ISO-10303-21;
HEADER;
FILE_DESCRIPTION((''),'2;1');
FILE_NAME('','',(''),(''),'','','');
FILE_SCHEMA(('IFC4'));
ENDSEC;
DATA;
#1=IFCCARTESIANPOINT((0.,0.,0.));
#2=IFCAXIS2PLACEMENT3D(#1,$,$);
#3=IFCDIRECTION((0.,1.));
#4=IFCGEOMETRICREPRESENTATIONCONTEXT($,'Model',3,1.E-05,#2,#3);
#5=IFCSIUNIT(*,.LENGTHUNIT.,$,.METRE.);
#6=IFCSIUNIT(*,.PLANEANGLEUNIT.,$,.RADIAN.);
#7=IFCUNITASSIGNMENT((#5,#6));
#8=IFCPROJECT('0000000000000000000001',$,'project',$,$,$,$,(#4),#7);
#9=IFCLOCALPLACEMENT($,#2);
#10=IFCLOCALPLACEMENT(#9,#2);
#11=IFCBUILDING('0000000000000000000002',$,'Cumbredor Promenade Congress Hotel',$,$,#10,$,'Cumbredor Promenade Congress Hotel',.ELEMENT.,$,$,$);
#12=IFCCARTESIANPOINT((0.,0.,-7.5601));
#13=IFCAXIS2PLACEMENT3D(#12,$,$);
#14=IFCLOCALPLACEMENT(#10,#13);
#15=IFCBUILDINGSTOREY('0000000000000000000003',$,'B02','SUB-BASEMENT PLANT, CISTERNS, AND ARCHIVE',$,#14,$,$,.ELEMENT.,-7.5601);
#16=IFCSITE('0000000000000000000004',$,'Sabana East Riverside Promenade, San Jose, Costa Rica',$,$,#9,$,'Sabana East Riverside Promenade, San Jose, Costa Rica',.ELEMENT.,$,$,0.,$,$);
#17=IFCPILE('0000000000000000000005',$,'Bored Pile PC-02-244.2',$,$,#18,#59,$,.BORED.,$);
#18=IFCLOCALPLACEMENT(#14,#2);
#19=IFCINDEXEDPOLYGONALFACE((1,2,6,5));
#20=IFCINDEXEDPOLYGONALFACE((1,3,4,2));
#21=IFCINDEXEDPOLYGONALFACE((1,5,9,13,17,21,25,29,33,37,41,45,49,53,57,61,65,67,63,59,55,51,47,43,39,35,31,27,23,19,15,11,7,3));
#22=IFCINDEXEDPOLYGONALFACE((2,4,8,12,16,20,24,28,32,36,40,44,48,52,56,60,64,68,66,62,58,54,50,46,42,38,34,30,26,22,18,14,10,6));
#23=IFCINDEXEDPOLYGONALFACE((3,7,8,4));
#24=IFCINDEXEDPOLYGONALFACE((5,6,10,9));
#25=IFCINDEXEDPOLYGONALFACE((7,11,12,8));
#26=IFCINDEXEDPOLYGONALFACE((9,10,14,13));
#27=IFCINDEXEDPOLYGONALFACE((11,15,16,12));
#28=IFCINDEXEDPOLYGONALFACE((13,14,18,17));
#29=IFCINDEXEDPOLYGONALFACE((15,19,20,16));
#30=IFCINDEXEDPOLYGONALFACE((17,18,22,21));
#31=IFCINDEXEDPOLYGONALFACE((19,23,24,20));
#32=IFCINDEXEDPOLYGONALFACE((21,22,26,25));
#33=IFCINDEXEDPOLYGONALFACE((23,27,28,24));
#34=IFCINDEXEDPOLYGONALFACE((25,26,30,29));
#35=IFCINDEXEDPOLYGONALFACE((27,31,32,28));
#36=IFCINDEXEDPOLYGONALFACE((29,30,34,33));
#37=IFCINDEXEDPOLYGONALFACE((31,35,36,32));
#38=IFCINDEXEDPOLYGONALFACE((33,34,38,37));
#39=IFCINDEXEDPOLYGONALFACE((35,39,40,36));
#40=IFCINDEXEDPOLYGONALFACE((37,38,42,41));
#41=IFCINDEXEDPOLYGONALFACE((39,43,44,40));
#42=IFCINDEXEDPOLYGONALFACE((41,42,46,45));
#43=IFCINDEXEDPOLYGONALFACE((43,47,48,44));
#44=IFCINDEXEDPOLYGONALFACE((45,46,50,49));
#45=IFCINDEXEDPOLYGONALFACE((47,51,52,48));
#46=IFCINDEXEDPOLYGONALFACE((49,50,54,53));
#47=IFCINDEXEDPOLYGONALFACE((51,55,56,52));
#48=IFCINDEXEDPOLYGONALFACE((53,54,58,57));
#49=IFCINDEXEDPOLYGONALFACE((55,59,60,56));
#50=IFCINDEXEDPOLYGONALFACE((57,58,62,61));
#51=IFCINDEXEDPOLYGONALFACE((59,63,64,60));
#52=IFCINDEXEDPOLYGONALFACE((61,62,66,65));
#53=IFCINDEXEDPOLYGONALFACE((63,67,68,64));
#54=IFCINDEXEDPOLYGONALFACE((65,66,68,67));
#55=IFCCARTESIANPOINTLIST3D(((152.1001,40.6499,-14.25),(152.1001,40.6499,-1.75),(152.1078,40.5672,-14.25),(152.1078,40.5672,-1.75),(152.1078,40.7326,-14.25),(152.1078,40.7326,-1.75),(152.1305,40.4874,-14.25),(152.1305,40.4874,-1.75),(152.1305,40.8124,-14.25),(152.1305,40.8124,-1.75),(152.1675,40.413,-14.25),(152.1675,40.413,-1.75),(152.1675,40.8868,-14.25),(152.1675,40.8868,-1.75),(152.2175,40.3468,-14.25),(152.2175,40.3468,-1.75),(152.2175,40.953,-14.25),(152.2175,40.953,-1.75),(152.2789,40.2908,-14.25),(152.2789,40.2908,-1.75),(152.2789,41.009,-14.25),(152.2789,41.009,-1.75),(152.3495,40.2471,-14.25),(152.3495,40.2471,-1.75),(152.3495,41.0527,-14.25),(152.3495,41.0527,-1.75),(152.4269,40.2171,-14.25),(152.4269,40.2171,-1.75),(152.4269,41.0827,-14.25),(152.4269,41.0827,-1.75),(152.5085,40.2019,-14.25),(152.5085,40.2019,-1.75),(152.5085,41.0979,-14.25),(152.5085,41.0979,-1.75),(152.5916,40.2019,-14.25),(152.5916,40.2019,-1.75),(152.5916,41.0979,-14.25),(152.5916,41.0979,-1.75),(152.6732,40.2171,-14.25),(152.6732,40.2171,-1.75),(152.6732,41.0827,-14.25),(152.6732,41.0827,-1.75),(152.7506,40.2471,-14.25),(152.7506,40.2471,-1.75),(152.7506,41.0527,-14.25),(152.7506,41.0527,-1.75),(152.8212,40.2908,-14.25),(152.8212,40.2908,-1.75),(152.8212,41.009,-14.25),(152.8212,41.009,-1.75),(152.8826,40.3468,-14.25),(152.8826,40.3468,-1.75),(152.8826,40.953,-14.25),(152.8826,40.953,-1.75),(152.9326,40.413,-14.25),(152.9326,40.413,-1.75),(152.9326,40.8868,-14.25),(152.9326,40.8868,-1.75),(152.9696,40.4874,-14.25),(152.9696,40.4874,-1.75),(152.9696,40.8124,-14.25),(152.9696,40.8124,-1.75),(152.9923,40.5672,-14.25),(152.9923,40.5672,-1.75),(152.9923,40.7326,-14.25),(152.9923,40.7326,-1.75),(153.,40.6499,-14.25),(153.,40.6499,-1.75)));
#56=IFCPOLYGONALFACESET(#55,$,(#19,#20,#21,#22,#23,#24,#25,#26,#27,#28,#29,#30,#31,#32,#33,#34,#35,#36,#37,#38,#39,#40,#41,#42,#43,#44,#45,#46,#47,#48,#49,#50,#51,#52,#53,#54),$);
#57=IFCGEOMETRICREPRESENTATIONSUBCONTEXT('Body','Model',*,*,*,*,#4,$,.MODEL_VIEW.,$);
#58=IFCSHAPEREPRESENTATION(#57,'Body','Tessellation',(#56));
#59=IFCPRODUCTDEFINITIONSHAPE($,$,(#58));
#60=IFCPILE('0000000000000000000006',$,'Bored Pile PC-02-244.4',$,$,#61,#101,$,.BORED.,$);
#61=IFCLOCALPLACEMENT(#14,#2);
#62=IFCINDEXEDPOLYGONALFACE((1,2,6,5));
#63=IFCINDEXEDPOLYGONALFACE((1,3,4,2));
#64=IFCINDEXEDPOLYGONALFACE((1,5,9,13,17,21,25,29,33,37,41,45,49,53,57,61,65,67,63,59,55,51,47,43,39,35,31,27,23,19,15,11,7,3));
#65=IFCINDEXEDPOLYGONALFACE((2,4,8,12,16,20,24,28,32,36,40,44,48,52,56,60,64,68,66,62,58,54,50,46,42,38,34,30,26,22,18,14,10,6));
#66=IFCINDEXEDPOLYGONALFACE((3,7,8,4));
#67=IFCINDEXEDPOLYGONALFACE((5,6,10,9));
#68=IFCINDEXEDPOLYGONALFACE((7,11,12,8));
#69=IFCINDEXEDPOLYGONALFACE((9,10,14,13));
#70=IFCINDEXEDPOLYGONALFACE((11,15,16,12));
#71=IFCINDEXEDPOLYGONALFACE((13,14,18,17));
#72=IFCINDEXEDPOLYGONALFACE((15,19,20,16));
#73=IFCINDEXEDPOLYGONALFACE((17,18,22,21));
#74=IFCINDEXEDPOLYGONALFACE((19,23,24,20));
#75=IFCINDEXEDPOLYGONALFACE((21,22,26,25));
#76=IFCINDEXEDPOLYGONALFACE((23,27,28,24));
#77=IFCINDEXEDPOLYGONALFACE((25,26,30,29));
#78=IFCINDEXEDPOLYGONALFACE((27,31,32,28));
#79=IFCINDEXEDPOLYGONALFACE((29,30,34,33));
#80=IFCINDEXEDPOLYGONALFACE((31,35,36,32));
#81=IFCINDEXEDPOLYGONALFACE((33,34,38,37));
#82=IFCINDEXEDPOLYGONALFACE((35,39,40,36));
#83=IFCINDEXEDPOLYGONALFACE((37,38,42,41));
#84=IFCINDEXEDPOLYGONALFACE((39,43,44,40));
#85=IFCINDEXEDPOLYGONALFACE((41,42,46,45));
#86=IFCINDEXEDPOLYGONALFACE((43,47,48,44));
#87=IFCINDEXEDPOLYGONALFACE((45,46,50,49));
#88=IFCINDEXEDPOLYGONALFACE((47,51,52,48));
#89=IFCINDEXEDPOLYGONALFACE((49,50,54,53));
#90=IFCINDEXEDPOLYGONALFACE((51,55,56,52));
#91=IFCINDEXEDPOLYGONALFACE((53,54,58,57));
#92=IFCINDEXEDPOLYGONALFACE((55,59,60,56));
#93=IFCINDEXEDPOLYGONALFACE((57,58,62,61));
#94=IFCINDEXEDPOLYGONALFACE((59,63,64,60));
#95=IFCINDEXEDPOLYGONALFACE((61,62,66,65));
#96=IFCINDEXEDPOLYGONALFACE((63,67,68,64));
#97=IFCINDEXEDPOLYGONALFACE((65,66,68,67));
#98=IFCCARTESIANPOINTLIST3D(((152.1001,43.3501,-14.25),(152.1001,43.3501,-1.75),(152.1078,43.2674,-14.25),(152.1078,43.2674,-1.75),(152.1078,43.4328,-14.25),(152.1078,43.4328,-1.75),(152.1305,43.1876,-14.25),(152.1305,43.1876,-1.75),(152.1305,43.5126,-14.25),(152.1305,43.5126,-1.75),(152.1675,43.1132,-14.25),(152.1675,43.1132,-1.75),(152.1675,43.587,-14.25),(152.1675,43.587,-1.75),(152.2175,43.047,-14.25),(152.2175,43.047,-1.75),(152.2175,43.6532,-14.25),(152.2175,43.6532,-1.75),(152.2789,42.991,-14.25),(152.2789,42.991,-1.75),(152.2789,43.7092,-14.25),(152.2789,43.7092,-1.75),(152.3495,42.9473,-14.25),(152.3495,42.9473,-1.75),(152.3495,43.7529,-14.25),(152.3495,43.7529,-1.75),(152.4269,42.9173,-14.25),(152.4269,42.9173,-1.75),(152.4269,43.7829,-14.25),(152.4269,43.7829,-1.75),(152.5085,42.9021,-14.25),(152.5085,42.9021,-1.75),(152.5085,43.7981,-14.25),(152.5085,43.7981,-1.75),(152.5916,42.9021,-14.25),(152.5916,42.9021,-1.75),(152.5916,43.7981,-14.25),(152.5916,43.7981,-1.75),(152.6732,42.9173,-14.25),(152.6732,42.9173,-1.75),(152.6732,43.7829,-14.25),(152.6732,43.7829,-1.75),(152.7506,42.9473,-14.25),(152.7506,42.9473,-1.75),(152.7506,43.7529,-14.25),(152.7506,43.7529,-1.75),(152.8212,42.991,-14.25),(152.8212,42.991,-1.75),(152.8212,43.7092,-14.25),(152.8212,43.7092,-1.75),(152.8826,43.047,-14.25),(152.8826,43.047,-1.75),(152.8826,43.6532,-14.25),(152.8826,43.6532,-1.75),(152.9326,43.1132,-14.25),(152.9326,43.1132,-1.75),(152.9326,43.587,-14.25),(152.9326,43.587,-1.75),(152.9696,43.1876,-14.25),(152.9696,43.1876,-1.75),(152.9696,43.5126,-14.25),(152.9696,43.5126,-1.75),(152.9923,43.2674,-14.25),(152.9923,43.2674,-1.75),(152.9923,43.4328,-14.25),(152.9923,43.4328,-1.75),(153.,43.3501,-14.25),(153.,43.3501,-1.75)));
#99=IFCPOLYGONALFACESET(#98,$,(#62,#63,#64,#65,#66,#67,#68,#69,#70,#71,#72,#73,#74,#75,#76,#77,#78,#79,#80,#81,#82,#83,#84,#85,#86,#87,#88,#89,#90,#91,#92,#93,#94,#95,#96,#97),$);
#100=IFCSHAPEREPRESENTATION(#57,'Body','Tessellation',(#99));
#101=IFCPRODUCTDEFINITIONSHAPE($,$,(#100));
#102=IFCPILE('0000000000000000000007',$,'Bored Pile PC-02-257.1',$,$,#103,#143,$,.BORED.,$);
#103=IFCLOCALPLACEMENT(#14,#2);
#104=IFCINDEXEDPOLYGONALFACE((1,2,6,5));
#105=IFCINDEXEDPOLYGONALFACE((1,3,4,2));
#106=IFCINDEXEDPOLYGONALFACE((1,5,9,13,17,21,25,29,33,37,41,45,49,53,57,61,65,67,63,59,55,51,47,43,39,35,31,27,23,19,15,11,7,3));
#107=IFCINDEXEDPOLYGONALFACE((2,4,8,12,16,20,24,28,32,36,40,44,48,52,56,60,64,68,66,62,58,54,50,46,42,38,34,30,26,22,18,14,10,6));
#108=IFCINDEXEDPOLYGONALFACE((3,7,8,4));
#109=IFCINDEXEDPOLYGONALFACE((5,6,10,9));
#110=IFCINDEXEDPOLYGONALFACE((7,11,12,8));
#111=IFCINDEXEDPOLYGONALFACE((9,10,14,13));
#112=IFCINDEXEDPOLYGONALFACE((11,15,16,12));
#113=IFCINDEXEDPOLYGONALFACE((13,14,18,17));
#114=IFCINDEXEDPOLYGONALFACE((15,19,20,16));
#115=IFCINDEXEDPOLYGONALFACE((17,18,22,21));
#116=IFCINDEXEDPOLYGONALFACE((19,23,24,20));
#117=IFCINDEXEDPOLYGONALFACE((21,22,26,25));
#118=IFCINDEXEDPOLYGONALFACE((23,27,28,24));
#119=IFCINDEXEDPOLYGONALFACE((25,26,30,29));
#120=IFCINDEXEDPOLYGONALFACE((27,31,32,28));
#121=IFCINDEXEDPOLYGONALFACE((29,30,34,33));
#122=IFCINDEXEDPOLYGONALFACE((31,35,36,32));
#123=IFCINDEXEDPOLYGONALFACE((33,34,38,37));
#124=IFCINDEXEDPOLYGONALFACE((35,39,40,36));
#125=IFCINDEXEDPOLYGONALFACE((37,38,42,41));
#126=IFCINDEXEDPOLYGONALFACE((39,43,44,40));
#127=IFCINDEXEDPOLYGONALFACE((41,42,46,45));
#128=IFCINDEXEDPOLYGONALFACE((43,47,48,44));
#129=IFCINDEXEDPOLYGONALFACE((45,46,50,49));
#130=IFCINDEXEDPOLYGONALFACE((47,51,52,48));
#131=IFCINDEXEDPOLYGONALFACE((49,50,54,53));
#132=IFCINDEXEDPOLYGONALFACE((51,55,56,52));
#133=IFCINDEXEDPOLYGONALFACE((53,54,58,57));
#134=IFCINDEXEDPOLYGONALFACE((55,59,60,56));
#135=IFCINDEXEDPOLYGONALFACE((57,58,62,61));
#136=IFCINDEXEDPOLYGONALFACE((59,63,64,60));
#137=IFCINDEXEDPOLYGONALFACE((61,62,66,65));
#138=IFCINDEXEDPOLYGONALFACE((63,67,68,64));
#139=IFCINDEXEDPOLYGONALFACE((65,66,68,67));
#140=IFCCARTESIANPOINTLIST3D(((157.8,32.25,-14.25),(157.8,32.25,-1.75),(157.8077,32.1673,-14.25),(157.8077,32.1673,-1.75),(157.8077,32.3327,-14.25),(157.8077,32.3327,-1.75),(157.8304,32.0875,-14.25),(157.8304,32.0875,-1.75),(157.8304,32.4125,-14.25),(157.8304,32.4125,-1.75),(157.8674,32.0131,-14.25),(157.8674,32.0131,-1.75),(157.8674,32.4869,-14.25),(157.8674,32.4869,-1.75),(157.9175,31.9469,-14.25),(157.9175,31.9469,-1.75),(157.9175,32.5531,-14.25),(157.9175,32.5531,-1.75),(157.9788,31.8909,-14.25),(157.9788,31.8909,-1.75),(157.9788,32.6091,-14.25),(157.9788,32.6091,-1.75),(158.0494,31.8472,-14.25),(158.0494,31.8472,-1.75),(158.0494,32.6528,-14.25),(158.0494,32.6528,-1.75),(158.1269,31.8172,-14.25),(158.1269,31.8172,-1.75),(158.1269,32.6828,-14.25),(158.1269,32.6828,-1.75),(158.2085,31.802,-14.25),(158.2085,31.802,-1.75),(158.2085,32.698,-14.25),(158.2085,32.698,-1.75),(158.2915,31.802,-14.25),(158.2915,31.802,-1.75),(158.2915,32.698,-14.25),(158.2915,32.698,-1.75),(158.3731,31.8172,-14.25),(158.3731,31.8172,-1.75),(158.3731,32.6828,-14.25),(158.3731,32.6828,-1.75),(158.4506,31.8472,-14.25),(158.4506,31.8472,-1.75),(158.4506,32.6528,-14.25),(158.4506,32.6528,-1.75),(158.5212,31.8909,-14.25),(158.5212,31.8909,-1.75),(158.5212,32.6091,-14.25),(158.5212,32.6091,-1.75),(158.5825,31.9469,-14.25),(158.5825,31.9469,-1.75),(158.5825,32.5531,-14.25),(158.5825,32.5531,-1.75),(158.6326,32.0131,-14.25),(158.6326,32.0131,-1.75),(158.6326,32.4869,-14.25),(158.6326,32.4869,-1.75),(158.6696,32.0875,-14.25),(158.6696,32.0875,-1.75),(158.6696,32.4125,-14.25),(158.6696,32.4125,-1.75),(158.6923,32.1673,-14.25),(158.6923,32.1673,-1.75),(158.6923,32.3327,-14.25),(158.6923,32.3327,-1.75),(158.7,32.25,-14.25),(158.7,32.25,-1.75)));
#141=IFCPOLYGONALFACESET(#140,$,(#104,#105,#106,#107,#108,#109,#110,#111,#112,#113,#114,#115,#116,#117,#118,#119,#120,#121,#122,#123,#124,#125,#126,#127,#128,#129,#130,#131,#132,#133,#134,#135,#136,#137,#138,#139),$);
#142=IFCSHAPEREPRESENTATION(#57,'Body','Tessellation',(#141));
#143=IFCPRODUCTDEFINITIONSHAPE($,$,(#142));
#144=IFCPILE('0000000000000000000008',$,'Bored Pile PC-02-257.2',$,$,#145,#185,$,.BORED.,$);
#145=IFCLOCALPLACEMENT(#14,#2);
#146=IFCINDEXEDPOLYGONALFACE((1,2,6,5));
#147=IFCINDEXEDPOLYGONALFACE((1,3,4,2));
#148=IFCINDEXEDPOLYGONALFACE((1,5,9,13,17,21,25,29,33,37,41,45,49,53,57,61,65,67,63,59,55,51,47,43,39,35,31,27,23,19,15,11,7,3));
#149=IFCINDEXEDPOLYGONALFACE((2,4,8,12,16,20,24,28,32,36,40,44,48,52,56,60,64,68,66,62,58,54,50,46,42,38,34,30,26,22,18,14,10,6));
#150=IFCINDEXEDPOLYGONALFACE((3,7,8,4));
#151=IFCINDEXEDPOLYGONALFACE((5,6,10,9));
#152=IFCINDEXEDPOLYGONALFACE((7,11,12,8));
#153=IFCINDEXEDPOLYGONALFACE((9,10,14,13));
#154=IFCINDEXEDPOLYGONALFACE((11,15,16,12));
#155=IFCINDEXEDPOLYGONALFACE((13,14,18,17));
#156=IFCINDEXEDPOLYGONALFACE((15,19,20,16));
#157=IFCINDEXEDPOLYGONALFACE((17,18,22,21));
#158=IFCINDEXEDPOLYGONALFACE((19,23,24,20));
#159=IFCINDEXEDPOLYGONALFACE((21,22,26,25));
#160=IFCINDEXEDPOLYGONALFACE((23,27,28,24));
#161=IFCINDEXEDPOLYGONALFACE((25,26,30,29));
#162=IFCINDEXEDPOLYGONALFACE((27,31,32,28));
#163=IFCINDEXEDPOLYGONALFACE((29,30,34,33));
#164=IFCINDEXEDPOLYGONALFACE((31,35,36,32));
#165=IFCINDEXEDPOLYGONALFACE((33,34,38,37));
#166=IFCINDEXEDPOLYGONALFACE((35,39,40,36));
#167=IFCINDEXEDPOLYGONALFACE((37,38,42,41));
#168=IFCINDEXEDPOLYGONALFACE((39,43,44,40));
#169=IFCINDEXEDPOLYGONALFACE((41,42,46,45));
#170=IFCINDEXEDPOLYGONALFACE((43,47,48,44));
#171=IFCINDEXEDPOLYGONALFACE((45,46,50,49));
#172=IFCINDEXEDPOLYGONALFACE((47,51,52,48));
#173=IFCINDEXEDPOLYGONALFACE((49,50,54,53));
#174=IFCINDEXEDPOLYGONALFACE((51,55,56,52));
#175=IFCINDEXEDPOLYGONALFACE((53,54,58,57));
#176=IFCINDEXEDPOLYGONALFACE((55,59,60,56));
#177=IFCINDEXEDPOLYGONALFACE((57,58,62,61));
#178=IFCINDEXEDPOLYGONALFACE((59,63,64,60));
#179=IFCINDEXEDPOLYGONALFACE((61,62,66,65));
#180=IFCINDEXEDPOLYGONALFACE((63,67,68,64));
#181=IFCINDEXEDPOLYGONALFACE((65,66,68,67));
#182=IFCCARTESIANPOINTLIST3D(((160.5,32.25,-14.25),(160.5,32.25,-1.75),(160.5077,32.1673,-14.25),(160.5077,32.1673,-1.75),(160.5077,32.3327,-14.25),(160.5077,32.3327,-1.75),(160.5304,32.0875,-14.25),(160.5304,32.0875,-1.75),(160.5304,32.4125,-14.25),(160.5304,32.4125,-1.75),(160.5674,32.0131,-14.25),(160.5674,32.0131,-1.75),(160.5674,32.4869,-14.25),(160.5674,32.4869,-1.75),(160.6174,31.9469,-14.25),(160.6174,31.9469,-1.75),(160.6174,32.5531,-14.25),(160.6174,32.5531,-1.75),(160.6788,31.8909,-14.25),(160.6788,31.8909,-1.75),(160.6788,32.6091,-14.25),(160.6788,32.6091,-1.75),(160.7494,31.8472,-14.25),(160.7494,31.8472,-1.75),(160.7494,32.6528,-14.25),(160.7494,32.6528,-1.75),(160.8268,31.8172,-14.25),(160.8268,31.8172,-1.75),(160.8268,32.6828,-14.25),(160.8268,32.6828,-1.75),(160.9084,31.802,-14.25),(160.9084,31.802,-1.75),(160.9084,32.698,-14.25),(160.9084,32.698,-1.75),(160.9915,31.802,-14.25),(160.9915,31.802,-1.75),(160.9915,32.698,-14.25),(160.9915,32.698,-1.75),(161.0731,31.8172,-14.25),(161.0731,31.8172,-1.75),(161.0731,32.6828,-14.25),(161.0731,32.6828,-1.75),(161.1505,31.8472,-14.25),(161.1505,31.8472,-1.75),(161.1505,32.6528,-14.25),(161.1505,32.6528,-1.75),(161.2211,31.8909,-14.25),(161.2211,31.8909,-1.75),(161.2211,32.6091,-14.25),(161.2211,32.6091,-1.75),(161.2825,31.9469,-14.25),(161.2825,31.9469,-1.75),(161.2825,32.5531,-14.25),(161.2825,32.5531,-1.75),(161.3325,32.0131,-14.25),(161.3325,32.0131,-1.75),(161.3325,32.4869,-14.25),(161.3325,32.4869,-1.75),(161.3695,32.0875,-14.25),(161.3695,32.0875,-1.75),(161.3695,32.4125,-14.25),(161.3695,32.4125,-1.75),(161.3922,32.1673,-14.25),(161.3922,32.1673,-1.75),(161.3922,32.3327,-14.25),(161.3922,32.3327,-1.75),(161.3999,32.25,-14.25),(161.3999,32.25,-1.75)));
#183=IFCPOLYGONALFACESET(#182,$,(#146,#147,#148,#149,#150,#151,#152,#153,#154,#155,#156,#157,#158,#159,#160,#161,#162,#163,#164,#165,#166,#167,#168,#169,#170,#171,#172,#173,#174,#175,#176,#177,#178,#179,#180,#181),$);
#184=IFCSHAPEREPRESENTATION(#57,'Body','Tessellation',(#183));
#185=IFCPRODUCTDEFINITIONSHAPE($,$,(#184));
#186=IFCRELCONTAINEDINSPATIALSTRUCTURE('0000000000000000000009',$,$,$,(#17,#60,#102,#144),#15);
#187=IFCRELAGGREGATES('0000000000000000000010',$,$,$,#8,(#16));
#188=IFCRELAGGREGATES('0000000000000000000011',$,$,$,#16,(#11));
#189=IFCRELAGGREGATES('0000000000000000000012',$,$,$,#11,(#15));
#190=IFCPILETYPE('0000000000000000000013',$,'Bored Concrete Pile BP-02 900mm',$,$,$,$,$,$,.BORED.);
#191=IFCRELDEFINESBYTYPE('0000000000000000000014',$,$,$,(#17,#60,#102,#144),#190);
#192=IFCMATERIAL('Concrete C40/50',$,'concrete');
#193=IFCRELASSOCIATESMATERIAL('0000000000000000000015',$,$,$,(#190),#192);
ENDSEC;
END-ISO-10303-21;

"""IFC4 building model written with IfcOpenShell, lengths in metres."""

from ifc_helpers import new_model, si_unit, direction, frame, origin, origin_2d, place, context, subcontext, project, spatial, circle, extrude, material, material_profile, profile_set, type_object, element, save


model = new_model("IFC4")

# Units and contexts
model_context = context("Model", 3, precision=1e-05, world=origin(), true_north=direction((0.0, 1.0)))
body_context = subcontext(model_context, "Body", "Model", "MODEL_VIEW")
ifc_project = project(units=[si_unit("LENGTHUNIT", "METRE"), si_unit("PLANEANGLEUNIT", "RADIAN")], contexts=[model_context])

# Site, building, storey
site_placement = place(None, origin())
site = spatial("IfcSite", under=ifc_project, at=site_placement, Name="Sabana East Riverside Promenade, San Jose, Costa Rica", LongName="Sabana East Riverside Promenade, San Jose, Costa Rica", CompositionType="ELEMENT", RefElevation=0.0)
building_placement = place(site_placement, origin())
building = spatial("IfcBuilding", under=site, at=building_placement, Name="Cumbredor Promenade Congress Hotel", LongName="Cumbredor Promenade Congress Hotel", CompositionType="ELEMENT")
storey_placement = place(building_placement, frame((0.0, 0.0, -7.5601)))
storey = spatial("IfcBuildingStorey", under=building, at=storey_placement, Name="B02", Description="SUB-BASEMENT PLANT, CISTERNS, AND ARCHIVE", CompositionType="ELEMENT", Elevation=-7.5601)

# Piles
ifc_material_1 = material(Name="Concrete C40/50", Category="concrete")
ifc_material_profile_1 = material_profile(ifc_material_1, circle(Radius=0.45, at=origin_2d()), Name="PILE D900")
ifc_profile_set_1 = profile_set([ifc_material_profile_1], Name="Concrete C40/50")
pile_type = type_object("IfcPileType", Name="Bored Concrete Pile BP-02 900mm", PredefinedType="BORED", material=ifc_profile_set_1)
for number, where, z_axis, x_axis, name in (
    (1, (152.55, 40.6499, -1.75), (0.0, 0.0, -1.0), (1.0, 0.0, 0.0), "Bored Pile PC-02-244.2"),
    (2, (152.55, 43.3501, -1.75), (0.0, 0.0, -1.0), (1.0, 0.0, 0.0), "Bored Pile PC-02-244.4"),
    (3, (158.25, 32.25, -1.75), (0.0, 0.0, -1.0), (1.0, 0.0, 0.0), "Bored Pile PC-02-257.1"),
    (4, (160.95, 32.25, -1.75), (0.0, 0.0, -1.0), (1.0, 0.0, 0.0), "Bored Pile PC-02-257.2"),
):
    element("IfcPile", number, at=place(storey_placement, frame(where, z_axis=z_axis, x_axis=x_axis)), inside=storey, type_object=pile_type, Name=name, PredefinedType="BORED", context=body_context, shape_type="SweptSolid", body=[
        extrude(circle(Radius=0.45, at=origin_2d()), origin(), (0.0, 0.0, 1.0), 12.5),
    ])

save(model, "model.ifc")
